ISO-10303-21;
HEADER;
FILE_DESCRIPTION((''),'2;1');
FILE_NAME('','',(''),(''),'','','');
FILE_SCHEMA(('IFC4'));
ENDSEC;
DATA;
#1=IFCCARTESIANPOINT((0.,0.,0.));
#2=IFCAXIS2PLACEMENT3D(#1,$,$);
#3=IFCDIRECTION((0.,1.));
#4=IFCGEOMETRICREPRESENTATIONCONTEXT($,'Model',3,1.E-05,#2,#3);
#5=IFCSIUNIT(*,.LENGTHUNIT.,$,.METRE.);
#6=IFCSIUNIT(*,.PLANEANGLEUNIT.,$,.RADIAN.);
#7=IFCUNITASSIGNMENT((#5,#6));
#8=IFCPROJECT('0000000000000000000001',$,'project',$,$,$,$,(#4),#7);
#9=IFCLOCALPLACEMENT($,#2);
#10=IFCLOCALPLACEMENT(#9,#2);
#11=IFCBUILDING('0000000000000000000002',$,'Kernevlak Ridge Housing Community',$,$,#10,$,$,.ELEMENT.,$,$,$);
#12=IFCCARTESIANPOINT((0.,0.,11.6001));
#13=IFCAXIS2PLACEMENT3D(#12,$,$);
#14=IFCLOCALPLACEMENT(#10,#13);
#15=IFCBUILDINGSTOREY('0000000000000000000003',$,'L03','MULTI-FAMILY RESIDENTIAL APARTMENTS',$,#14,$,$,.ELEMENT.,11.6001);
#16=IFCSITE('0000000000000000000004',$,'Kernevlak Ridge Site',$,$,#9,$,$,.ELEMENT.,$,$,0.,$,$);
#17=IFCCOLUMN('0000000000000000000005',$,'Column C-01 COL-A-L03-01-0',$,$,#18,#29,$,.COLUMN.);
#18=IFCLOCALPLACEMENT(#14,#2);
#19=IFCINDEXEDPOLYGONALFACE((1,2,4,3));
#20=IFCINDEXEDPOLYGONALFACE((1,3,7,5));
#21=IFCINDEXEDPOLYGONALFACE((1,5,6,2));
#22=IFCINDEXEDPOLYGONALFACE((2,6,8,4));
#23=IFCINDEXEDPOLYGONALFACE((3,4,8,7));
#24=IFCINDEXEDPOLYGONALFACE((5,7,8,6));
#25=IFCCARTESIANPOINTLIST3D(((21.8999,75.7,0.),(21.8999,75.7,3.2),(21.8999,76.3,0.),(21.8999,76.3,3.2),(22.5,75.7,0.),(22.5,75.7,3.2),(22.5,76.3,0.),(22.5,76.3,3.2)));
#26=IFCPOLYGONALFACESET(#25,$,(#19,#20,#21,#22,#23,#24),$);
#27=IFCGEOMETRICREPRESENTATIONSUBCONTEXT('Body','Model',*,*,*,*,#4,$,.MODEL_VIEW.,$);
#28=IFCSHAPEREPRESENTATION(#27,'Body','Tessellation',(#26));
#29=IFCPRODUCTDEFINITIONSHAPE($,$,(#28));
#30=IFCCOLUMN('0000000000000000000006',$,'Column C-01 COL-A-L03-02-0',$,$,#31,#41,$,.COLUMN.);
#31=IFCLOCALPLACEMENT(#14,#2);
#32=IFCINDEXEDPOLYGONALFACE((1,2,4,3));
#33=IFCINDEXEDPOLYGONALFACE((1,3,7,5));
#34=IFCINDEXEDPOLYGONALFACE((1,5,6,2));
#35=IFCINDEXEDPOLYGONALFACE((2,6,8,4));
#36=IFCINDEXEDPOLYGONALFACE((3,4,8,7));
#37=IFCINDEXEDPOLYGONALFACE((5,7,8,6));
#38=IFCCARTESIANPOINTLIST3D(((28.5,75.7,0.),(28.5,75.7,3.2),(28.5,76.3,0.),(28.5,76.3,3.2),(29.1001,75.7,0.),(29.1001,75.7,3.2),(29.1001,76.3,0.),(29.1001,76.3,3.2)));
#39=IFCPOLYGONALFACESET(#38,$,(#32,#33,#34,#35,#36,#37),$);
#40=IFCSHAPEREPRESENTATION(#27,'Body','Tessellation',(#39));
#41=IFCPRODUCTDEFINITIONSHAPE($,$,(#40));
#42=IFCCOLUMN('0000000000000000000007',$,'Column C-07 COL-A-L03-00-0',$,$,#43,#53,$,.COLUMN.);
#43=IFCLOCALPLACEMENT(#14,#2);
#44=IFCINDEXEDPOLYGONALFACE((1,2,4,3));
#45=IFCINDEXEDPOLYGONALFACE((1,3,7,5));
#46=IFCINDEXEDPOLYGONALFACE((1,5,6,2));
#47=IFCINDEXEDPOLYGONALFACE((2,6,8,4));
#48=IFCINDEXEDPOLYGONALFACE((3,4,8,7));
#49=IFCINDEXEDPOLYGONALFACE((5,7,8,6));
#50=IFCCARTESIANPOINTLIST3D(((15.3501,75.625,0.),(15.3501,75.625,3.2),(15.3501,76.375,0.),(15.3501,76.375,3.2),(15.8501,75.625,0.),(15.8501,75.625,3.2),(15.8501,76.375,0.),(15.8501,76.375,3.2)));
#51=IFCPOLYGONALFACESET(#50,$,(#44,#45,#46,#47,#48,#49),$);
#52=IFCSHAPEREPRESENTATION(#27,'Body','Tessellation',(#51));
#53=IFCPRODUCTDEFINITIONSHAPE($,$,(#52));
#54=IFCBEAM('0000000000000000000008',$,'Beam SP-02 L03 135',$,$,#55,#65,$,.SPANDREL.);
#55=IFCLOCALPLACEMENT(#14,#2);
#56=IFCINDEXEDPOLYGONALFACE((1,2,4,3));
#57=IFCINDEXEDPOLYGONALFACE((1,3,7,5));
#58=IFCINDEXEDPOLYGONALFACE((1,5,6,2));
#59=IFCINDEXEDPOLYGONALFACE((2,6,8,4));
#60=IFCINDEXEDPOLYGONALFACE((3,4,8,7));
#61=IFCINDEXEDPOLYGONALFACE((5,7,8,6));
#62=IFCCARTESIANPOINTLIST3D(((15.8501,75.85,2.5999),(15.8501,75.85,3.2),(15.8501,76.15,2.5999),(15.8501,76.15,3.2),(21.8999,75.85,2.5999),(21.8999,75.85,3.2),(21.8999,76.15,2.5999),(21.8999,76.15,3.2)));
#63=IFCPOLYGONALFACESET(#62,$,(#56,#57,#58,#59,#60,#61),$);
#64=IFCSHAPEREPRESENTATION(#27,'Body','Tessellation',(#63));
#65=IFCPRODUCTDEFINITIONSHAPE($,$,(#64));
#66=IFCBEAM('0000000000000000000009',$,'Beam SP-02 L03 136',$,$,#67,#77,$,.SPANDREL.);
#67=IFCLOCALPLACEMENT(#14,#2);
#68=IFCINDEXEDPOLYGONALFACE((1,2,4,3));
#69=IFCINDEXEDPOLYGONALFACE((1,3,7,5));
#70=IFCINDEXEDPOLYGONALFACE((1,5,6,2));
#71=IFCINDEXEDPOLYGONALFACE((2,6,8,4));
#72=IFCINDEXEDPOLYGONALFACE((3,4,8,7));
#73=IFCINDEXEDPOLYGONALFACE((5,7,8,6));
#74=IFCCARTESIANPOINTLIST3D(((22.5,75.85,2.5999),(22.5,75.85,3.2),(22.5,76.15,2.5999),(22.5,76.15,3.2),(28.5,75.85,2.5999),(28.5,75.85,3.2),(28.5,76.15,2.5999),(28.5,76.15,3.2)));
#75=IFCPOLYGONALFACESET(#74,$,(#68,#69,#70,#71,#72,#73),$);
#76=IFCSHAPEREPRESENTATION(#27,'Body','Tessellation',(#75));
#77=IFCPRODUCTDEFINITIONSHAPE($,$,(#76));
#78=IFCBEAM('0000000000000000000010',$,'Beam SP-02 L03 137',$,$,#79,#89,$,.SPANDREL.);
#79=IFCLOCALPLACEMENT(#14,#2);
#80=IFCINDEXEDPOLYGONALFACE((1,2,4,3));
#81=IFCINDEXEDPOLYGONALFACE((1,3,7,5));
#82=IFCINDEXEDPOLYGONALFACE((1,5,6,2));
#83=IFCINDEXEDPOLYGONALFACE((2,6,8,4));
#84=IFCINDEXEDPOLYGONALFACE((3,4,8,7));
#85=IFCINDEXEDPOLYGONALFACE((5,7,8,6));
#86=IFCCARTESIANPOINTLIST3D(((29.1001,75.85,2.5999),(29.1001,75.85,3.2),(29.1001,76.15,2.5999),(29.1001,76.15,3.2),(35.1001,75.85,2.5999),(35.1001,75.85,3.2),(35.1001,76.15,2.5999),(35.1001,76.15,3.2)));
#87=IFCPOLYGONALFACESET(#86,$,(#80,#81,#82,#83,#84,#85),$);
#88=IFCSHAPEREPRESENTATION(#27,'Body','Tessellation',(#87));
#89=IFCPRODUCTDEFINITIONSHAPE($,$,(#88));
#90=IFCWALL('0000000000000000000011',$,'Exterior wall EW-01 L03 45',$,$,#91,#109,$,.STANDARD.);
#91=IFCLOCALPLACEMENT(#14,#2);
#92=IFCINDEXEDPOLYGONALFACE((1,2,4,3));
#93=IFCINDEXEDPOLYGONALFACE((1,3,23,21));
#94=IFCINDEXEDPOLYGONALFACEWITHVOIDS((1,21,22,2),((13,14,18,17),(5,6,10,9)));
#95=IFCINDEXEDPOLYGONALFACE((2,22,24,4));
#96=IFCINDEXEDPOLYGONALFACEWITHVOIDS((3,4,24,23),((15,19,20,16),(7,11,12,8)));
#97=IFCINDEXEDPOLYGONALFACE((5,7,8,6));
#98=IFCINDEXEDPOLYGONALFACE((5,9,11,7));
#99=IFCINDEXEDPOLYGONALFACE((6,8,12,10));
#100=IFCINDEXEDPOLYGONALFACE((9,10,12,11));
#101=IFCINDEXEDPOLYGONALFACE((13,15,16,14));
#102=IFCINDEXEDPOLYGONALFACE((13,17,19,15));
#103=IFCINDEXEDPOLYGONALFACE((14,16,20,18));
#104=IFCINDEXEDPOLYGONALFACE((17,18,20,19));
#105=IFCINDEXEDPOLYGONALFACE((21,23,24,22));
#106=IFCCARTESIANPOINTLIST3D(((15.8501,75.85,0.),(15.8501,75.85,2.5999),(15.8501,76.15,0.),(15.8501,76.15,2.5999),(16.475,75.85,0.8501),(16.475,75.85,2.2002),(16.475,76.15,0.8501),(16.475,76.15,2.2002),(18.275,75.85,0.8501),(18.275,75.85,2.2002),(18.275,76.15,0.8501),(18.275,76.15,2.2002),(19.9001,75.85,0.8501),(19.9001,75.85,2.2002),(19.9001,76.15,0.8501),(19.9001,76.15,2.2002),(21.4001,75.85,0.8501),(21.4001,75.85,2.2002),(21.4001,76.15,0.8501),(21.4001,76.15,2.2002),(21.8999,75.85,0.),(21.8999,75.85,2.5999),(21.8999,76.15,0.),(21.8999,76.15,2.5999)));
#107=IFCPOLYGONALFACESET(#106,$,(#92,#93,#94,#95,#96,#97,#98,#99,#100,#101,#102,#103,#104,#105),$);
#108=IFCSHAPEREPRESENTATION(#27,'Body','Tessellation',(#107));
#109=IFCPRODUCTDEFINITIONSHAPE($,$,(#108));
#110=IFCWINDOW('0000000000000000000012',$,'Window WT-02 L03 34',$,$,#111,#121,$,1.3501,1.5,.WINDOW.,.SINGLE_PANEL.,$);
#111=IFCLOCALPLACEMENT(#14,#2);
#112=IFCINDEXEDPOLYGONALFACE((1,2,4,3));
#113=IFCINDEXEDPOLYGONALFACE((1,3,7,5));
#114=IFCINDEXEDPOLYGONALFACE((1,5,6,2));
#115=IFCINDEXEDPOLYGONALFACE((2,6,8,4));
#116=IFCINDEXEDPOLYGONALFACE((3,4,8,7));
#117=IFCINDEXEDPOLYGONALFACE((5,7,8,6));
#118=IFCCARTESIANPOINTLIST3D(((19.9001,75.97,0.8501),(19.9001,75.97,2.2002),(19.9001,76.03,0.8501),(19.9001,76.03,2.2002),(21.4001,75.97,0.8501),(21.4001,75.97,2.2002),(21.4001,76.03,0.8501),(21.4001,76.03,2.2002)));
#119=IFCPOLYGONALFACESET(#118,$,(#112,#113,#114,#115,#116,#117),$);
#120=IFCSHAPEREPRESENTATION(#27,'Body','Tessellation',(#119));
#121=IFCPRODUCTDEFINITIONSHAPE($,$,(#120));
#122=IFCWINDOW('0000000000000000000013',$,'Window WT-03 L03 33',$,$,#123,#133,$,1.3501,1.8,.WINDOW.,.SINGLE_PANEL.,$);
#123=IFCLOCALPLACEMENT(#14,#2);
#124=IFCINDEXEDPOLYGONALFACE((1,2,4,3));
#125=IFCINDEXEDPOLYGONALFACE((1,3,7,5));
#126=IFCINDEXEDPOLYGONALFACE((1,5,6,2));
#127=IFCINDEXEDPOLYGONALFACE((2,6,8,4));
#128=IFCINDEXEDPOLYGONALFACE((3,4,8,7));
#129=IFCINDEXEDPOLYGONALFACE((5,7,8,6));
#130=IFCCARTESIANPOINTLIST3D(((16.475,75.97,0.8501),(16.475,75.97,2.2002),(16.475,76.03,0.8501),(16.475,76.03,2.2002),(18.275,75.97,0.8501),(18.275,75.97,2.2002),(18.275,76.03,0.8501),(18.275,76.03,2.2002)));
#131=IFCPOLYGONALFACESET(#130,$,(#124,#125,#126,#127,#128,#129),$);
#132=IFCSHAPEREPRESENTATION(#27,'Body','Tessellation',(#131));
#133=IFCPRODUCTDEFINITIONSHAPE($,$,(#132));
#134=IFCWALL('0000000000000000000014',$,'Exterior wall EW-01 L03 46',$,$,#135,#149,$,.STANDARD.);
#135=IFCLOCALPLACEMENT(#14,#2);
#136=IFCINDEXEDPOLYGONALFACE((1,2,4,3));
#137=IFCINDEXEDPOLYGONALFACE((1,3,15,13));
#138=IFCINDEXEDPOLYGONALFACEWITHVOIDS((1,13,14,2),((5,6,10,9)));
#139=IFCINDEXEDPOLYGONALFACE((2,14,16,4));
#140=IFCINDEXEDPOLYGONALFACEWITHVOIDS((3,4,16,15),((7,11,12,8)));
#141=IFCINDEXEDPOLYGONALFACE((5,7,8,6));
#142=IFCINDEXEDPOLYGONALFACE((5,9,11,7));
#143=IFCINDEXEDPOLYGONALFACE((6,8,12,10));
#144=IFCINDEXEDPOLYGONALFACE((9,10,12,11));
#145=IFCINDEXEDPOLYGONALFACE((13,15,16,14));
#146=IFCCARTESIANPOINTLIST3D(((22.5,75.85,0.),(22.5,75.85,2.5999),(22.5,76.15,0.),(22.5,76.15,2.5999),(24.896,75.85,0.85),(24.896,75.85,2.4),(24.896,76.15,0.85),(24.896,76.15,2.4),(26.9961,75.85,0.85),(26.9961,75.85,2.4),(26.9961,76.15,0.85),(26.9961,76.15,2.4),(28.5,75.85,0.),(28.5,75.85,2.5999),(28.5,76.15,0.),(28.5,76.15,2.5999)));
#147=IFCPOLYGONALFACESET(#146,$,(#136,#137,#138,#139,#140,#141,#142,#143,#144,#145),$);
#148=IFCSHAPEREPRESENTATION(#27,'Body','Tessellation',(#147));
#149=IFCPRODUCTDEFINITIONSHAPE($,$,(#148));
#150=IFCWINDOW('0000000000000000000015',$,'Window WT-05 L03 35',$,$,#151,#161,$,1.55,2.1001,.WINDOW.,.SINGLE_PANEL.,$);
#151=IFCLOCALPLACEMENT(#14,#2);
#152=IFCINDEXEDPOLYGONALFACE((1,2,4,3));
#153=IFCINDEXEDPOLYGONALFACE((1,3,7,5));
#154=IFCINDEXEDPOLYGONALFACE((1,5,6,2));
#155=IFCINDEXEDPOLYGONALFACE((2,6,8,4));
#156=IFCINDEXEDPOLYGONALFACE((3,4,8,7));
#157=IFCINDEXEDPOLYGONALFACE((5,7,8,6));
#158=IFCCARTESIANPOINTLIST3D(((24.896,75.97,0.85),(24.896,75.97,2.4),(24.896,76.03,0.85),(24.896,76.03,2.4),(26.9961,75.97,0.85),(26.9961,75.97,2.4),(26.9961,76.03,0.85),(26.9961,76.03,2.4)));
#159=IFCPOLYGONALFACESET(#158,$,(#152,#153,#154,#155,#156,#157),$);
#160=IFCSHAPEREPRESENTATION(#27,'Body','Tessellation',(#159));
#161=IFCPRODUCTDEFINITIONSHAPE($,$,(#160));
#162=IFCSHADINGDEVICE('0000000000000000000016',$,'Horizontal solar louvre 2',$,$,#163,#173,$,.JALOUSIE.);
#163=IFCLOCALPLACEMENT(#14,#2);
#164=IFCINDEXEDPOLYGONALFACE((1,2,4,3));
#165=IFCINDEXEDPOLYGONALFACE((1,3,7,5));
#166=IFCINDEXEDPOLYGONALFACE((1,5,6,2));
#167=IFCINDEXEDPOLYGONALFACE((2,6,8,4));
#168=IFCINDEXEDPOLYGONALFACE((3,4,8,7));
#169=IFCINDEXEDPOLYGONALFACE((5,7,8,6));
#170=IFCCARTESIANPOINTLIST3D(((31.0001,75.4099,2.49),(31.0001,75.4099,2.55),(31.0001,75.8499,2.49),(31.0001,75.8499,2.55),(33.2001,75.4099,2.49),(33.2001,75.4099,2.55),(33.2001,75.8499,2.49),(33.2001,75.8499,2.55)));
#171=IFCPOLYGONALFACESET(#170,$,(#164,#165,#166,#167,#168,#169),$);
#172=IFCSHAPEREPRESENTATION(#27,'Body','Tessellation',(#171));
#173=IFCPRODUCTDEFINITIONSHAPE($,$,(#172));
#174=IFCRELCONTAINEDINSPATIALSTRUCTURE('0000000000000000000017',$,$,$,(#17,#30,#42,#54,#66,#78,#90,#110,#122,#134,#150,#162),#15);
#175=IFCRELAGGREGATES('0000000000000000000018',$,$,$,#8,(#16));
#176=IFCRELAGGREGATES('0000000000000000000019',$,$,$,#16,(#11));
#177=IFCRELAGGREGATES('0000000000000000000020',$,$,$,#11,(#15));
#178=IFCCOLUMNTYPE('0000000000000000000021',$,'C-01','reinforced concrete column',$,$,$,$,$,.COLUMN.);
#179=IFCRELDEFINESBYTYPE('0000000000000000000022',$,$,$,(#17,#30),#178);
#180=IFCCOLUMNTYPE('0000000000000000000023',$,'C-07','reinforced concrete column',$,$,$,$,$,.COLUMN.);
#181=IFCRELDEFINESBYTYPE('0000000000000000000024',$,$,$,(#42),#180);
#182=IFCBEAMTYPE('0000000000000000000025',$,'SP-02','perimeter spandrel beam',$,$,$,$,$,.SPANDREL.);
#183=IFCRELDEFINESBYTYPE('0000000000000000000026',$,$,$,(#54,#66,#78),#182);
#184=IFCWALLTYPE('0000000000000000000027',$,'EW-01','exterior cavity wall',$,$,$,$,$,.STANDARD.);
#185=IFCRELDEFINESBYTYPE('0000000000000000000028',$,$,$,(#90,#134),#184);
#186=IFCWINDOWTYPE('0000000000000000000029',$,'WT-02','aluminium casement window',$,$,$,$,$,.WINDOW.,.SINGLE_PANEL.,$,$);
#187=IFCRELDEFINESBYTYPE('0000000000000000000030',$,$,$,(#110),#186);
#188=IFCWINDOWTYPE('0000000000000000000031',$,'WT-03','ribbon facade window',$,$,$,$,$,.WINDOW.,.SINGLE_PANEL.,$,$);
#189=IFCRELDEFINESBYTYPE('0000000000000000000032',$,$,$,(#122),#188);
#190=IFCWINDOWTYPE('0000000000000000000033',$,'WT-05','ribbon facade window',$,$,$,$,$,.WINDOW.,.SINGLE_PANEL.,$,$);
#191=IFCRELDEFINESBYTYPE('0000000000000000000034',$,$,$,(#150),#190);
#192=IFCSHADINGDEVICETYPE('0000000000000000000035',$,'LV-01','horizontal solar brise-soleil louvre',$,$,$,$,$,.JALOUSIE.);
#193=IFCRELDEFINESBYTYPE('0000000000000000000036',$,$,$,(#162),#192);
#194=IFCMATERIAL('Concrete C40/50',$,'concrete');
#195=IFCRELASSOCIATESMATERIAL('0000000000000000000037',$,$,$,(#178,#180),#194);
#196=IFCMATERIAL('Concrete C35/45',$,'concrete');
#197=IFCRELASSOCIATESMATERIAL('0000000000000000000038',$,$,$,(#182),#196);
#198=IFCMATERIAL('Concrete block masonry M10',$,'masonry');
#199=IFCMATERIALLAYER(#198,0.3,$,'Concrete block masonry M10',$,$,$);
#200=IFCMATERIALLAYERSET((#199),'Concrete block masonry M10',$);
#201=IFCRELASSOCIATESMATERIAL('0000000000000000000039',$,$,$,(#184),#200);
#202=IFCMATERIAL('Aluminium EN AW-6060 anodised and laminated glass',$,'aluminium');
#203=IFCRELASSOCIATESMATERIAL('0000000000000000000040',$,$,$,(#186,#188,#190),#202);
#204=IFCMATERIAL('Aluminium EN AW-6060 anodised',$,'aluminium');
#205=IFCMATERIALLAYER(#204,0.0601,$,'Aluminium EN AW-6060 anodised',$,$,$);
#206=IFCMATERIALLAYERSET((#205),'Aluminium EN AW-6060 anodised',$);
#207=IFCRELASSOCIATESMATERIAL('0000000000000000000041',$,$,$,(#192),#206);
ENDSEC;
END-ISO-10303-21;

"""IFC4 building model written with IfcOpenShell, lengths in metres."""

from ifc_helpers import new_model, si_unit, direction, frame, frame_2d, origin, origin_2d, place, context, subcontext, project, spatial, rectangle, extrude, material, layer, layer_set, material_profile, profile_set, type_object, element, fill, save


model = new_model("IFC4")

# Units and contexts
model_context = context("Model", 3, precision=1e-05, world=origin(), true_north=direction((0.0, 1.0)))
body_context = subcontext(model_context, "Body", "Model", "MODEL_VIEW")
ifc_project = project(units=[si_unit("LENGTHUNIT", "METRE"), si_unit("PLANEANGLEUNIT", "RADIAN")], contexts=[model_context])

# Site, building, storey
site_placement = place(None, origin())
site = spatial("IfcSite", under=ifc_project, at=site_placement, Name="Kernevlak Ridge Site", CompositionType="ELEMENT", RefElevation=0.0)
building_placement = place(site_placement, origin())
building = spatial("IfcBuilding", under=site, at=building_placement, Name="Kernevlak Ridge Housing Community", CompositionType="ELEMENT")
storey_placement = place(building_placement, frame((0.0, 0.0, 11.6001)))
storey = spatial("IfcBuildingStorey", under=building, at=storey_placement, Name="L03", Description="MULTI-FAMILY RESIDENTIAL APARTMENTS", CompositionType="ELEMENT", Elevation=11.6001)

# Columns
ifc_material_1 = material(Name="Concrete C40/50", Category="concrete")
ifc_material_profile_1 = material_profile(ifc_material_1, rectangle(XDim=0.6001, YDim=0.6001, at=origin_2d()), Name="RC 600x600")
ifc_profile_set_1 = profile_set([ifc_material_profile_1], Name="Concrete C40/50")
column_type_1 = type_object("IfcColumnType", Name="C-01", Description="reinforced concrete column", PredefinedType="COLUMN", material=ifc_profile_set_1)
for number, where, z_axis, x_axis, name in (
    (1, (22.2, 76.0, 0.0), (0.0, 0.0, 1.0), (1.0, 0.0, 0.0), "Column C-01 COL-A-L03-01-0"),
    (2, (28.8, 76.0, 0.0), (0.0, 0.0, 1.0), (1.0, 0.0, 0.0), "Column C-01 COL-A-L03-02-0"),
):
    element("IfcColumn", number, at=place(storey_placement, frame(where, z_axis=z_axis, x_axis=x_axis)), inside=storey, type_object=column_type_1, Name=name, PredefinedType="COLUMN", context=body_context, shape_type="SweptSolid", body=[
        extrude(rectangle(XDim=0.6001, YDim=0.6001, at=origin_2d()), origin(), (0.0, 0.0, 1.0), 3.2),
    ])
ifc_material_profile_2 = material_profile(ifc_material_1, rectangle(XDim=0.5, YDim=0.75, at=origin_2d()), Name="RC 500x750")
ifc_profile_set_2 = profile_set([ifc_material_profile_2], Name="Concrete C40/50")
column_type_2 = type_object("IfcColumnType", Name="C-07", Description="reinforced concrete column", PredefinedType="COLUMN", material=ifc_profile_set_2)
column_placement = place(storey_placement, frame((15.6001, 76.0, 0.0), z_axis=(0.0, 0.0, 1.0), x_axis=(1.0, 0.0, 0.0)))
element("IfcColumn", 3, at=column_placement, inside=storey, type_object=column_type_2, Name="Column C-07 COL-A-L03-00-0", PredefinedType="COLUMN", context=body_context, shape_type="SweptSolid", body=[
    extrude(rectangle(XDim=0.5, YDim=0.75, at=origin_2d()), origin(), (0.0, 0.0, 1.0), 3.2),
])

# Beams
ifc_material_2 = material(Name="Concrete C35/45", Category="concrete")
ifc_material_profile_3 = material_profile(ifc_material_2, rectangle(XDim=0.3, YDim=0.6001, at=origin_2d()), Name="RC 300x600")
ifc_profile_set_3 = profile_set([ifc_material_profile_3], Name="Concrete C35/45")
beam_type = type_object("IfcBeamType", Name="SP-02", Description="perimeter spandrel beam", PredefinedType="SPANDREL", material=ifc_profile_set_3)
beam_placement = place(storey_placement, frame((15.8501, 76.0, 2.8999), z_axis=(1.0, 0.0, 0.0), x_axis=(0.0, 1.0, 0.0)))
element("IfcBeam", 4, at=beam_placement, inside=storey, type_object=beam_type, Name="Beam SP-02 L03 135", PredefinedType="SPANDREL", context=body_context, shape_type="SweptSolid", body=[
    extrude(rectangle(XDim=0.3, YDim=0.6001, at=origin_2d()), origin(), (0.0, 0.0, 1.0), 6.0498),
])
for number, where, z_axis, x_axis, name in (
    (5, (22.5, 76.0, 2.8999), (1.0, 0.0, 0.0), (0.0, 1.0, 0.0), "Beam SP-02 L03 136"),
    (6, (29.1001, 76.0, 2.8999), (1.0, 0.0, 0.0), (0.0, 1.0, 0.0), "Beam SP-02 L03 137"),
):
    element("IfcBeam", number, at=place(storey_placement, frame(where, z_axis=z_axis, x_axis=x_axis)), inside=storey, type_object=beam_type, Name=name, PredefinedType="SPANDREL", context=body_context, shape_type="SweptSolid", body=[
        extrude(rectangle(XDim=0.3, YDim=0.6001, at=origin_2d()), origin(), (0.0, 0.0, 1.0), 6.0),
    ])

# Wall, openings, windows
ifc_material_3 = material(Name="Concrete block masonry M10", Category="masonry")
ifc_layer_1 = layer(ifc_material_3, 0.3, Name="Concrete block masonry M10")
ifc_layer_set_1 = layer_set([ifc_layer_1], Name="Concrete block masonry M10")
wall_type = type_object("IfcWallType", Name="EW-01", Description="exterior cavity wall", PredefinedType="STANDARD", material=ifc_layer_set_1)
wall_1_placement = place(storey_placement, frame((15.8501, 76.0, 0.0), z_axis=(0.0, 0.0, 1.0), x_axis=(1.0, 0.0, 0.0)))
wall_1 = element("IfcWall", 7, at=wall_1_placement, inside=storey, type_object=wall_type, Name="Exterior wall EW-01 L03 45", PredefinedType="STANDARD", context=body_context, shape_type="SweptSolid", body=[
    extrude(rectangle(XDim=6.0498, YDim=0.3, at=frame_2d((3.0249, 0.0))), origin(), (0.0, 0.0, 1.0), 2.5999),
])
opening_1_placement = place(wall_1_placement, frame((0.625, 0.0, 0.8501)))
opening_1 = element("IfcOpeningElement", 8, at=opening_1_placement, cuts=wall_1, PredefinedType="OPENING", context=body_context, shape_type="SweptSolid", body=[
    extrude(rectangle(XDim=1.8, YDim=1.3501, at=frame_2d((0.8999, 0.675))), frame((0.0, 0.1599, 0.0), z_axis=(0.0, -1.0, 0.0), x_axis=(1.0, 0.0, 0.0)), (0.0, 0.0, 1.0), 0.3201),
])
opening_2_placement = place(wall_1_placement, frame((4.05, 0.0, 0.8501)))
opening_2 = element("IfcOpeningElement", 9, at=opening_2_placement, cuts=wall_1, PredefinedType="OPENING", context=body_context, shape_type="SweptSolid", body=[
    extrude(rectangle(XDim=1.5, YDim=1.3501, at=frame_2d((0.75, 0.675))), frame((0.0, 0.1599, 0.0), z_axis=(0.0, -1.0, 0.0), x_axis=(1.0, 0.0, 0.0)), (0.0, 0.0, 1.0), 0.3201),
])
ifc_material_4 = material(Name="Aluminium EN AW-6060 anodised and laminated glass", Category="aluminium")
window_type_1 = type_object("IfcWindowType", Name="WT-02", Description="aluminium casement window", PartitioningType="SINGLE_PANEL", PredefinedType="WINDOW", material=ifc_material_4)
window_1_placement = place(opening_2_placement, origin())
window_1 = element("IfcWindow", 10, at=window_1_placement, inside=storey, type_object=window_type_1, Name="Window WT-02 L03 34", OverallHeight=1.3501, OverallWidth=1.5, PartitioningType="SINGLE_PANEL", PredefinedType="WINDOW", context=body_context, shape_type="SweptSolid", body=[
    extrude(rectangle(XDim=1.5, YDim=1.3501, at=frame_2d((0.75, 0.675))), frame((0.0, 0.03, 0.0), z_axis=(0.0, -1.0, 0.0), x_axis=(1.0, 0.0, 0.0)), (0.0, 0.0, 1.0), 0.0601),
])
fill(opening_2, window_1)
window_type_2 = type_object("IfcWindowType", Name="WT-03", Description="ribbon facade window", PartitioningType="SINGLE_PANEL", PredefinedType="WINDOW", material=ifc_material_4)
window_2_placement = place(opening_1_placement, origin())
window_2 = element("IfcWindow", 11, at=window_2_placement, inside=storey, type_object=window_type_2, Name="Window WT-03 L03 33", OverallHeight=1.3501, OverallWidth=1.8, PartitioningType="SINGLE_PANEL", PredefinedType="WINDOW", context=body_context, shape_type="SweptSolid", body=[
    extrude(rectangle(XDim=1.8, YDim=1.3501, at=frame_2d((0.8999, 0.675))), frame((0.0, 0.03, 0.0), z_axis=(0.0, -1.0, 0.0), x_axis=(1.0, 0.0, 0.0)), (0.0, 0.0, 1.0), 0.0601),
])
fill(opening_1, window_2)

# Wall, opening, window
wall_2_placement = place(storey_placement, frame((22.5, 76.0, 0.0), z_axis=(0.0, 0.0, 1.0), x_axis=(1.0, 0.0, 0.0)))
wall_2 = element("IfcWall", 12, at=wall_2_placement, inside=storey, type_object=wall_type, Name="Exterior wall EW-01 L03 46", PredefinedType="STANDARD", context=body_context, shape_type="SweptSolid", body=[
    extrude(rectangle(XDim=6.0, YDim=0.3, at=frame_2d((3.0, 0.0))), origin(), (0.0, 0.0, 1.0), 2.5999),
])
opening_3_placement = place(wall_2_placement, frame((2.396, 0.0, 0.8501)))
opening_3 = element("IfcOpeningElement", 13, at=opening_3_placement, cuts=wall_2, PredefinedType="OPENING", context=body_context, shape_type="SweptSolid", body=[
    extrude(rectangle(XDim=2.1001, YDim=1.55, at=frame_2d((1.05, 0.7749))), frame((0.0, 0.1599, 0.0), z_axis=(0.0, -1.0, 0.0), x_axis=(1.0, 0.0, 0.0)), (0.0, 0.0, 1.0), 0.3201),
])
window_type_3 = type_object("IfcWindowType", Name="WT-05", Description="ribbon facade window", PartitioningType="SINGLE_PANEL", PredefinedType="WINDOW", material=ifc_material_4)
window_3_placement = place(opening_3_placement, origin())
window_3 = element("IfcWindow", 14, at=window_3_placement, inside=storey, type_object=window_type_3, Name="Window WT-05 L03 35", OverallHeight=1.55, OverallWidth=2.1001, PartitioningType="SINGLE_PANEL", PredefinedType="WINDOW", context=body_context, shape_type="SweptSolid", body=[
    extrude(rectangle(XDim=2.1001, YDim=1.55, at=frame_2d((1.05, 0.7749))), frame((0.0, 0.03, 0.0), z_axis=(0.0, -1.0, 0.0), x_axis=(1.0, 0.0, 0.0)), (0.0, 0.0, 1.0), 0.0601),
])
fill(opening_3, window_3)

# Shading device
ifc_material_5 = material(Name="Aluminium EN AW-6060 anodised", Category="aluminium")
ifc_layer_2 = layer(ifc_material_5, 0.0601, Name="Aluminium EN AW-6060 anodised")
ifc_layer_set_2 = layer_set([ifc_layer_2], Name="Aluminium EN AW-6060 anodised")
shading_device_type_1 = type_object("IfcShadingDeviceType", Name="LV-01", Description="horizontal solar brise-soleil louvre", PredefinedType="JALOUSIE", material=ifc_layer_set_2)
shading_device_1_placement = place(storey_placement, frame((32.1001, 75.6299, 2.49), z_axis=(0.0, 0.0, 1.0), x_axis=(1.0, 0.0, 0.0)))
element("IfcShadingDevice", 15, at=shading_device_1_placement, inside=storey, type_object=shading_device_type_1, Name="Horizontal solar louvre 2", PredefinedType="JALOUSIE", context=body_context, shape_type="SweptSolid", body=[
    extrude(rectangle(XDim=2.2, YDim=0.4399, at=origin_2d()), origin(), (0.0, 0.0, 1.0), 0.0601),
])

save(model, "model.ifc")
